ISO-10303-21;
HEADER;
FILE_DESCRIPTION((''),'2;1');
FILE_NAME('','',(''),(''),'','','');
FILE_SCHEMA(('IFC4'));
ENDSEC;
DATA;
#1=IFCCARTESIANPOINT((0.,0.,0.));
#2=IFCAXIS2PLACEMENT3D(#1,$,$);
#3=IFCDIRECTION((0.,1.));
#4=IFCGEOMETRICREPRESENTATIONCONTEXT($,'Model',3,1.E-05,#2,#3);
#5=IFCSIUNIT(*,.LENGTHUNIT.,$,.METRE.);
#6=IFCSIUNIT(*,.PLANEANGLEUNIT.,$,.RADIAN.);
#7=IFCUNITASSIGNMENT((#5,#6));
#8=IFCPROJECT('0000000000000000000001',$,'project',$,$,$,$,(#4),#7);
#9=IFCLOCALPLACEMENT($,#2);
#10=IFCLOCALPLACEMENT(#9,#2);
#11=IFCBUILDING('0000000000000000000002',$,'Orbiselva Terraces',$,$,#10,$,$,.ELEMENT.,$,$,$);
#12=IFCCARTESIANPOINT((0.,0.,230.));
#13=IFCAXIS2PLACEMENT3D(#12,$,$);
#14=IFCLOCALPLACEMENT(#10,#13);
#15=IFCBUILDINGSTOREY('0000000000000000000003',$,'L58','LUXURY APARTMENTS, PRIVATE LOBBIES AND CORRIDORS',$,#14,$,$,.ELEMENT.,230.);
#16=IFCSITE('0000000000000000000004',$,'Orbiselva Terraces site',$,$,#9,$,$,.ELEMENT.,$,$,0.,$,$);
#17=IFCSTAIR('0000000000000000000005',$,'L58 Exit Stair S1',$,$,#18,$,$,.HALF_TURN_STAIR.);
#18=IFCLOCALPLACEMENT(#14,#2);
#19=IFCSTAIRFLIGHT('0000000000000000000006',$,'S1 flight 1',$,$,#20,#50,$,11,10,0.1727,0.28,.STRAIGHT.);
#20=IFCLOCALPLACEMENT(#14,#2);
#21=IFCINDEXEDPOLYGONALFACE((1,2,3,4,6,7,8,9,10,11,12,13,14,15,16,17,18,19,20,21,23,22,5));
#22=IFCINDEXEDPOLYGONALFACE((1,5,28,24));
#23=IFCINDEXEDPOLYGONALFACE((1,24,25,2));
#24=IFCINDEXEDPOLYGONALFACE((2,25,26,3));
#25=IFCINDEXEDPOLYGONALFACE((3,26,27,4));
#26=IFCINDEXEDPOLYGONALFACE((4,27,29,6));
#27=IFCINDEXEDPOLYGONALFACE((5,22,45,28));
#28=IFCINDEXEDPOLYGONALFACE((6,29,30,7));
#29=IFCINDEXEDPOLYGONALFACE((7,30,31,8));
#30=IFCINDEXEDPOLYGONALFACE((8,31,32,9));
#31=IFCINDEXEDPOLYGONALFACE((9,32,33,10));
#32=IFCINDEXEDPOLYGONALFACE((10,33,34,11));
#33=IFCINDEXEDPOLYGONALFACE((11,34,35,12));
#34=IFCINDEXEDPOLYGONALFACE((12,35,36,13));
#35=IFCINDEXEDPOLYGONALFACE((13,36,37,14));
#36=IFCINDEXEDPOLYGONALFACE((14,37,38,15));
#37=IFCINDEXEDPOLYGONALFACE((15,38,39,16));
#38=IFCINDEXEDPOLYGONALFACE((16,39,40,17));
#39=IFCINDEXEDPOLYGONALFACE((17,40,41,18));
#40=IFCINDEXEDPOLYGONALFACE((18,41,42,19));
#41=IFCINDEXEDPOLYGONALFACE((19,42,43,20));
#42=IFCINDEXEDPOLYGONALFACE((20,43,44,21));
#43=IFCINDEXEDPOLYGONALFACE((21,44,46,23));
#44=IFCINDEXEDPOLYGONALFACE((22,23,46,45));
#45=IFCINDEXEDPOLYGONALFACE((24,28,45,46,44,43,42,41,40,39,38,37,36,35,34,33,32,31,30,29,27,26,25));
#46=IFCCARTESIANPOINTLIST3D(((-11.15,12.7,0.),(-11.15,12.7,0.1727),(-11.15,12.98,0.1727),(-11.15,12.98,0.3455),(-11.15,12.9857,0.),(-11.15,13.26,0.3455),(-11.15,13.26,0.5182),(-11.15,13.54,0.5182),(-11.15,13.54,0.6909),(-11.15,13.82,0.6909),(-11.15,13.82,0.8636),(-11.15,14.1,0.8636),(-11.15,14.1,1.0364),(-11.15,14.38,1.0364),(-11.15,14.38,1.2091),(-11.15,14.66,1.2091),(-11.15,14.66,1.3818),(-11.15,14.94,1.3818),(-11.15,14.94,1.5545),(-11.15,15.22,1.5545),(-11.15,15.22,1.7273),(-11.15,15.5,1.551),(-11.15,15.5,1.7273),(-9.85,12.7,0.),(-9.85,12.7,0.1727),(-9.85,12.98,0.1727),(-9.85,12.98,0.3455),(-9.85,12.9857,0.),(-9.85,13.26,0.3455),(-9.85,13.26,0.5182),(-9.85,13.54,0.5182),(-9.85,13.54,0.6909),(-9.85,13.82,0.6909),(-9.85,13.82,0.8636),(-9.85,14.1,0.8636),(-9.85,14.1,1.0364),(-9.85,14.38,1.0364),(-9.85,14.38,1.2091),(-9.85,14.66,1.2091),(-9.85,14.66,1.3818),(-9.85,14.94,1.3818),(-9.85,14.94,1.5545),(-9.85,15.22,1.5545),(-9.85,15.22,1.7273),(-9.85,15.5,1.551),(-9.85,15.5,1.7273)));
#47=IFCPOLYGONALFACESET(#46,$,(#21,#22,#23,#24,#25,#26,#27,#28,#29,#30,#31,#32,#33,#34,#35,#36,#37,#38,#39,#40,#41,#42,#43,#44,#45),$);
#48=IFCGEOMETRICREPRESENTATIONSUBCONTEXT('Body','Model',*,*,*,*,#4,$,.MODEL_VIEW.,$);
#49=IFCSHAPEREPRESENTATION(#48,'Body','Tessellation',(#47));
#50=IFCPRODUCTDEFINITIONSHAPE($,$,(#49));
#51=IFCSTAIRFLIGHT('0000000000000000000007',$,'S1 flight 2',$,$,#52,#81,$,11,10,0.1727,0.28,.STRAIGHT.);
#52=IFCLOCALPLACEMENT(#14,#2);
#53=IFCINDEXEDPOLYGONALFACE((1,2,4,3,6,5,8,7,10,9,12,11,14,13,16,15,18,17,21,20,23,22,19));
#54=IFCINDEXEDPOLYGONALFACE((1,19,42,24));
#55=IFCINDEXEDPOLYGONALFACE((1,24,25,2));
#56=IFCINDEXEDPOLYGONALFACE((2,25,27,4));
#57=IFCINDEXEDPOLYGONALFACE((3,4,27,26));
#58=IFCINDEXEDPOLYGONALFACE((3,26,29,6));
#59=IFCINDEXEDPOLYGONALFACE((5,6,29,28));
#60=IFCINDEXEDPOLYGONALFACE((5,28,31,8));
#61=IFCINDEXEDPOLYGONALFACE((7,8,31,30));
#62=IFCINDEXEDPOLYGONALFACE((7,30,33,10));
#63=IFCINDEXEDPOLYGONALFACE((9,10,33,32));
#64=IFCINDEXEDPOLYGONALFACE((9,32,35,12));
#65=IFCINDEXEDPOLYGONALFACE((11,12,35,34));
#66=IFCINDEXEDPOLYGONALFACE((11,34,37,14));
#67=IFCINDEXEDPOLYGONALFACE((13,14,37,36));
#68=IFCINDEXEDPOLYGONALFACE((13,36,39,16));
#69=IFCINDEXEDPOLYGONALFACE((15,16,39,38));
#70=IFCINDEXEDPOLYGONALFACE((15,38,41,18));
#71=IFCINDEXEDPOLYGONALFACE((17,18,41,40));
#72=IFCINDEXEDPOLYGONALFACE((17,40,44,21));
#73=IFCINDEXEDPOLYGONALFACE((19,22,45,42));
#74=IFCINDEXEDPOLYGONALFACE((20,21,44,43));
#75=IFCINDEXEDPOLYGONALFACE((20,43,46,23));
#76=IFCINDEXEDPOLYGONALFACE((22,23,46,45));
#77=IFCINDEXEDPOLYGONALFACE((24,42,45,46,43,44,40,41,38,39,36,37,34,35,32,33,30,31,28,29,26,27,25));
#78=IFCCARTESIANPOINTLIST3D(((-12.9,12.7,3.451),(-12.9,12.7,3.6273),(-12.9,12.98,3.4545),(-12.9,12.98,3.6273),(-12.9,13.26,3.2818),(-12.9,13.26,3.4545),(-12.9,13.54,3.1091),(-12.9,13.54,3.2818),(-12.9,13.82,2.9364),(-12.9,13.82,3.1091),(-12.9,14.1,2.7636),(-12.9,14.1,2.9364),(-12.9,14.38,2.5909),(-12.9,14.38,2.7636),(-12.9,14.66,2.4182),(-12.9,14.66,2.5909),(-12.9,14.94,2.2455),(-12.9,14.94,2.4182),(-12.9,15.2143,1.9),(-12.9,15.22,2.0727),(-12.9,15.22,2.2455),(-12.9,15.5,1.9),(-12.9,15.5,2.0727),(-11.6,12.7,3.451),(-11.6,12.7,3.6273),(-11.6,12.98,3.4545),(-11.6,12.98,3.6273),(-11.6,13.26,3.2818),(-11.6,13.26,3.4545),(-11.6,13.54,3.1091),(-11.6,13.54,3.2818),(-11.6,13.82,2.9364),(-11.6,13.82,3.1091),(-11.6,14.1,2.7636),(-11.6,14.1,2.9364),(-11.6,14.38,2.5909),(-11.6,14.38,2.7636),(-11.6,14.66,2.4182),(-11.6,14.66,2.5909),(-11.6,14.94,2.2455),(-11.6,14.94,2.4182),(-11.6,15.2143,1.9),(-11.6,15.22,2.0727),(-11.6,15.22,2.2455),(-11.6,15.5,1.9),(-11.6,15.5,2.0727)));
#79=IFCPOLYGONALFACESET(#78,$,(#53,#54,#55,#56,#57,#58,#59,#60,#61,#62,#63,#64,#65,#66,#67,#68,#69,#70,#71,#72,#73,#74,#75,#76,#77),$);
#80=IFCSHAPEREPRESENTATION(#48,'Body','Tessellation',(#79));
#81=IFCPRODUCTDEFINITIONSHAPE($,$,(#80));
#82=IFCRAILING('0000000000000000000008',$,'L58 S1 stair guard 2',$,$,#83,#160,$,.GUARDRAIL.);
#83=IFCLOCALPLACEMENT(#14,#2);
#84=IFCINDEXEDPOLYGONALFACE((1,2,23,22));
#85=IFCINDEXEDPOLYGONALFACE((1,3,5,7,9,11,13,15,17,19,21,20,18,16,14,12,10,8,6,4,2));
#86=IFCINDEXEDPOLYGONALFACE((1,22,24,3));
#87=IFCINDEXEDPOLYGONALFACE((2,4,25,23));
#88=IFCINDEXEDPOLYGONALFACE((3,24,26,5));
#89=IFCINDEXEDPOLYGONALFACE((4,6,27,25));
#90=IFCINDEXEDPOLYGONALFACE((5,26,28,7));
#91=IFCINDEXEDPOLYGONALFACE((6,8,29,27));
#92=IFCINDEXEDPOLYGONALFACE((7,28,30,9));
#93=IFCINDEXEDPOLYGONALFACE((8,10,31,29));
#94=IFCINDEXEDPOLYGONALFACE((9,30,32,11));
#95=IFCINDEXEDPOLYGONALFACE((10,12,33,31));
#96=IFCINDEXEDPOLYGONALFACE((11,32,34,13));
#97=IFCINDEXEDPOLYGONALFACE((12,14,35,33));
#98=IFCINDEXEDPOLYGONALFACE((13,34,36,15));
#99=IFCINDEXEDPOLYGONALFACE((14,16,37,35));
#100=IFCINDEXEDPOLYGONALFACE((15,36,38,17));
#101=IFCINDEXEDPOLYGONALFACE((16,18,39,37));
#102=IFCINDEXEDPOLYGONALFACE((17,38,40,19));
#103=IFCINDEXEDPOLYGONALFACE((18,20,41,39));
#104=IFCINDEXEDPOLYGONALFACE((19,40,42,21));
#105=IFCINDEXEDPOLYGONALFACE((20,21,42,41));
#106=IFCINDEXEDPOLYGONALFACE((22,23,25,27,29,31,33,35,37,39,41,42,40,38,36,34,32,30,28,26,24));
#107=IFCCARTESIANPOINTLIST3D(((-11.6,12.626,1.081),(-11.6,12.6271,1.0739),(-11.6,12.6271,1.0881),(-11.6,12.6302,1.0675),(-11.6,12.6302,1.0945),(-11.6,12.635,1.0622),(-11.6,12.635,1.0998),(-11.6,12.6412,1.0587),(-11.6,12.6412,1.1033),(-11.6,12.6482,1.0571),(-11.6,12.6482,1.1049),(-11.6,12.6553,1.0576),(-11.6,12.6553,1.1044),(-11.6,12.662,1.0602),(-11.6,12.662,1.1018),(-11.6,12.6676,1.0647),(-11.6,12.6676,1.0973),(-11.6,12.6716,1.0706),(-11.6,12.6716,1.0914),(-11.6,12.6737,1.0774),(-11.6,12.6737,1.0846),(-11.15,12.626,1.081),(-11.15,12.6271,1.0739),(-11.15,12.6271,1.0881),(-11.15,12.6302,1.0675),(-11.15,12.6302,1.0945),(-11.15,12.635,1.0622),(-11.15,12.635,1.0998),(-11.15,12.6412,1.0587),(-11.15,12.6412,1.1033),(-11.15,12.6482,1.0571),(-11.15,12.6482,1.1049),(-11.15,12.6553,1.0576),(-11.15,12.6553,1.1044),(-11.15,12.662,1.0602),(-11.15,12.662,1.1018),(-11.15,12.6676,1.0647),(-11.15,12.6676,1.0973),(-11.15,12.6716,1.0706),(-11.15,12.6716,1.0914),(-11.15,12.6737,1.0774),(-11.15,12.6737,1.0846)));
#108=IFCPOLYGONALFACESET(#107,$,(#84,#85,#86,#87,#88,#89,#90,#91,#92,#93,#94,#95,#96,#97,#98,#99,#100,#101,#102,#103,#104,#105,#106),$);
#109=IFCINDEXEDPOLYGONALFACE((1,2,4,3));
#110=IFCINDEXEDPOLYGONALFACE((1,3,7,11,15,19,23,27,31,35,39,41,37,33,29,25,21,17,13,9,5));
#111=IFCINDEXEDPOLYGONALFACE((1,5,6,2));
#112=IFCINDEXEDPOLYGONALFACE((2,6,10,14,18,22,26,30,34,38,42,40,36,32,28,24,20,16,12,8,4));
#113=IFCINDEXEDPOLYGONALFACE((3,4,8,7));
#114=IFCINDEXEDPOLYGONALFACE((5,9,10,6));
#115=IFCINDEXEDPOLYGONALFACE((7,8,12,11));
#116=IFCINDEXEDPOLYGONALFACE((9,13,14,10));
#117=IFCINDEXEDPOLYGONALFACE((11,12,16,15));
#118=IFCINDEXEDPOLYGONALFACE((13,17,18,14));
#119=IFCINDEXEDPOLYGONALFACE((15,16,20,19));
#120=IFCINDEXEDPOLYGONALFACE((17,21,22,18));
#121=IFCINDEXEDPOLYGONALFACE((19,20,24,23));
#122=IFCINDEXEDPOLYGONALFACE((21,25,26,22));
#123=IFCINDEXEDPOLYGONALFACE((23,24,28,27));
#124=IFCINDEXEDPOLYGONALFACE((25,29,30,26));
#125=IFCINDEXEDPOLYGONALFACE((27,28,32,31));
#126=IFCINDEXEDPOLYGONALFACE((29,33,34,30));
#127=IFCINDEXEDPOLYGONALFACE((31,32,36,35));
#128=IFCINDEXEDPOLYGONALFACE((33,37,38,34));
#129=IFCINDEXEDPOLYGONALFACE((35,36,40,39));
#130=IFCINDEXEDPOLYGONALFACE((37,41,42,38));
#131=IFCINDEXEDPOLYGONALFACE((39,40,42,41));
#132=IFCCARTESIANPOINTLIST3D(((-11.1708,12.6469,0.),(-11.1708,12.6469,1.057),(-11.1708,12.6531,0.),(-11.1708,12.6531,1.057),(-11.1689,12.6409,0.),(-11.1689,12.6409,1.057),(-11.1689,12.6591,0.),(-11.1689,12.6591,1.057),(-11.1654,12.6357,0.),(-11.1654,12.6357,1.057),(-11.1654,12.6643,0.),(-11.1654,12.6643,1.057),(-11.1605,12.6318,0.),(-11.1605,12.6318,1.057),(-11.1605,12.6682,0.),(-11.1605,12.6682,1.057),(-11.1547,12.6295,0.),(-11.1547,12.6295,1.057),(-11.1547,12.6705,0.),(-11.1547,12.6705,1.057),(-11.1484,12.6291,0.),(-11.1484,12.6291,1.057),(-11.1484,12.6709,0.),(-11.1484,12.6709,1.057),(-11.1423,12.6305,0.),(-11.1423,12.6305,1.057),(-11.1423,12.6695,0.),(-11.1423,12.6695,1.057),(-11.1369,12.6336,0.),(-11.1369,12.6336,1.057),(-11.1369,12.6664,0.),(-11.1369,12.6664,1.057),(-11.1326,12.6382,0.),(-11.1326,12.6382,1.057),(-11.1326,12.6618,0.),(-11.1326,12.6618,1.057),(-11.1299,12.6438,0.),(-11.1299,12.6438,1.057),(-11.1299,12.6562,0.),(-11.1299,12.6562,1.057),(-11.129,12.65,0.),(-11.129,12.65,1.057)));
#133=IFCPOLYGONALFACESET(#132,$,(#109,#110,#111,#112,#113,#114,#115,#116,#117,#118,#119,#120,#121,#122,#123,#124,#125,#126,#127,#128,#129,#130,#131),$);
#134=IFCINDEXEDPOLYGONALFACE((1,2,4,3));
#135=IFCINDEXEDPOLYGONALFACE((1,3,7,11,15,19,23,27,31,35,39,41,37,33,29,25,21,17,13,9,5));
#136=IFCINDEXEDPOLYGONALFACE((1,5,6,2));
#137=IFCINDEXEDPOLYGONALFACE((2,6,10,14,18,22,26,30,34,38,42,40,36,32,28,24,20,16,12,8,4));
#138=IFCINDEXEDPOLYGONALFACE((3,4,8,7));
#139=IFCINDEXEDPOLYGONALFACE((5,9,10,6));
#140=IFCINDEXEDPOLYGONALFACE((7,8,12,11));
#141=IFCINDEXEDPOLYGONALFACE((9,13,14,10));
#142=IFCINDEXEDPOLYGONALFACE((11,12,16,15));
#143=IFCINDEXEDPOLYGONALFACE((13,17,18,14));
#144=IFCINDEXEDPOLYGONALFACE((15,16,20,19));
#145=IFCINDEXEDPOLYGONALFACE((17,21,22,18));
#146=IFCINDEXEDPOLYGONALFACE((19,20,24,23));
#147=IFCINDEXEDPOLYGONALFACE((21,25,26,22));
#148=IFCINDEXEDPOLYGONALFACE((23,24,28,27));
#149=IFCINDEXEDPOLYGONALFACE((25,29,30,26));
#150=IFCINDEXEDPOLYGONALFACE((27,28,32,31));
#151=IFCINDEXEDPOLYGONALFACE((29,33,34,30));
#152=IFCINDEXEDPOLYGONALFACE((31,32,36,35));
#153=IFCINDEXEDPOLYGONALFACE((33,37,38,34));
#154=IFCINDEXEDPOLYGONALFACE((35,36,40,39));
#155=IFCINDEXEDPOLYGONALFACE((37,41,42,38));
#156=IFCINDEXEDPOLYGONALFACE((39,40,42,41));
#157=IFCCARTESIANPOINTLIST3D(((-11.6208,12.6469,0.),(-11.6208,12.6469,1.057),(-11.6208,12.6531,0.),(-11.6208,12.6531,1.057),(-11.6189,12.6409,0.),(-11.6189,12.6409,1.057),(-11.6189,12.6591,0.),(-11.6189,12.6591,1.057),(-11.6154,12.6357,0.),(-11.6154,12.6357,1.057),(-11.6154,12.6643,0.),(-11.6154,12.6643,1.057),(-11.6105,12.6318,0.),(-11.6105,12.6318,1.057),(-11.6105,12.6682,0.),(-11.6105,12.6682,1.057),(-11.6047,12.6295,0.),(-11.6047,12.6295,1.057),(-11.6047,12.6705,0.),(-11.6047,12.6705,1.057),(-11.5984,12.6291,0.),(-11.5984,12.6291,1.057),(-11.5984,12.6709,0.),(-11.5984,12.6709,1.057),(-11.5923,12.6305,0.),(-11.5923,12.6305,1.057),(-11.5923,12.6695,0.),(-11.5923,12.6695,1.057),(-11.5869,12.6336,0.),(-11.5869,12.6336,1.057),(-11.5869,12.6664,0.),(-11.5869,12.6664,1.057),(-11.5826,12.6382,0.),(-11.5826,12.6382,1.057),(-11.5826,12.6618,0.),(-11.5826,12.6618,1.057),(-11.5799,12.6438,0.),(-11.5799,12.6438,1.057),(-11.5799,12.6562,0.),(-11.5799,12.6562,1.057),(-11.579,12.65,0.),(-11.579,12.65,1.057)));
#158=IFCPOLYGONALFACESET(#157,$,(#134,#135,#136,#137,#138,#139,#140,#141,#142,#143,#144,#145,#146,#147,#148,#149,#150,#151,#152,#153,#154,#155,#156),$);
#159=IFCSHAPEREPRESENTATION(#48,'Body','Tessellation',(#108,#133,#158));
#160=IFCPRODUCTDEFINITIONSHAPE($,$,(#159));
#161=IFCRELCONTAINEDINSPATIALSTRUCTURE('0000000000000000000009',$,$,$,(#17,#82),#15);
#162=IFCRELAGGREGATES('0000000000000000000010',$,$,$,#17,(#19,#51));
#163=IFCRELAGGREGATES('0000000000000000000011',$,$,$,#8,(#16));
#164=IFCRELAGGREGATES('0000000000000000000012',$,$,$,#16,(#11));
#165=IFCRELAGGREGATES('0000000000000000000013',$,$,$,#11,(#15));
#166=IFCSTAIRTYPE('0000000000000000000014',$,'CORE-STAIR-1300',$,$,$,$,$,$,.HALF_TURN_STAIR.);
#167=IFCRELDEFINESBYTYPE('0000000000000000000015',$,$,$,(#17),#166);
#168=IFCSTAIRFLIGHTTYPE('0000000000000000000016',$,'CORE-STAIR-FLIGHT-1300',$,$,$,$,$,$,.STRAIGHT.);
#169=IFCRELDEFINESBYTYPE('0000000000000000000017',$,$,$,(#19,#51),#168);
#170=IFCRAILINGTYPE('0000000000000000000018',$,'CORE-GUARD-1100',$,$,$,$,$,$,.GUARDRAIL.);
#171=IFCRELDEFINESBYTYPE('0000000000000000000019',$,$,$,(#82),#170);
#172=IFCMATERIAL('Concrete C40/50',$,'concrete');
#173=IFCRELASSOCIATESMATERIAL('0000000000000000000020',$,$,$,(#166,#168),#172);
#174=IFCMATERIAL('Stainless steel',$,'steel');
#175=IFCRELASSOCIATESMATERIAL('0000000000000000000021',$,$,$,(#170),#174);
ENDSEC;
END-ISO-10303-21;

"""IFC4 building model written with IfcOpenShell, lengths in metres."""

from ifc_helpers import new_model, si_unit, direction, frame, origin, origin_2d, place, context, subcontext, project, spatial, polyline, circle, outline, extrude, material, type_object, element, aggregate, save


model = new_model("IFC4")

# Units and contexts
model_context = context("Model", 3, precision=1e-05, world=origin(), true_north=direction((0.0, 1.0)))
body_context = subcontext(model_context, "Body", "Model", "MODEL_VIEW")
ifc_project = project(units=[si_unit("LENGTHUNIT", "METRE"), si_unit("PLANEANGLEUNIT", "RADIAN")], contexts=[model_context])

# Site, building, storey
site_placement = place(None, origin())
site = spatial("IfcSite", under=ifc_project, at=site_placement, Name="Orbiselva Terraces site", CompositionType="ELEMENT", RefElevation=0.0)
building_placement = place(site_placement, origin())
building = spatial("IfcBuilding", under=site, at=building_placement, Name="Orbiselva Terraces", CompositionType="ELEMENT")
storey_placement = place(building_placement, frame((0.0, 0.0, 230.0)))
storey = spatial("IfcBuildingStorey", under=building, at=storey_placement, Name="L58", Description="LUXURY APARTMENTS, PRIVATE LOBBIES AND CORRIDORS", CompositionType="ELEMENT", Elevation=230.0)

# Shared definitions
ifc_material_1 = material(Name="Concrete C40/50", Category="concrete")

# Stair, stair flights
stair_type = type_object("IfcStairType", Name="CORE-STAIR-1300", PredefinedType="HALF_TURN_STAIR", material=ifc_material_1)
stair_placement = place(storey_placement, origin())
stair = element("IfcStair", 1, at=stair_placement, inside=storey, type_object=stair_type, Name="L58 Exit Stair S1", PredefinedType="HALF_TURN_STAIR")
stair_flight_type = type_object("IfcStairFlightType", Name="CORE-STAIR-FLIGHT-1300", PredefinedType="STRAIGHT", material=ifc_material_1)
stair_flight_1_placement = place(storey_placement, frame((-10.5, 12.7, 0.0), z_axis=(0.0, 0.0, 1.0), x_axis=(0.0, 1.0, 0.0)))
stair_flight_1 = element("IfcStairFlight", 2, at=stair_flight_1_placement, type_object=stair_flight_type, Name="S1 flight 1", NumberOfRisers=11, NumberOfTreads=10, PredefinedType="STRAIGHT", RiserHeight=0.1727, TreadLength=0.28, context=body_context, shape_type="SweptSolid", body=[
    extrude(outline(polyline([(0.0, 0.0), (0.0, 0.1727), (0.28, 0.1727), (0.28, 0.3455), (0.56, 0.3455), (0.56, 0.5182), (0.84, 0.5182), (0.84, 0.6909), (1.12, 0.6909), (1.12, 0.8636), (1.4, 0.8636), (1.4, 1.0364), (1.68, 1.0364), (1.68, 1.2091), (1.96, 1.2091), (1.96, 1.3818), (2.24, 1.3818), (2.24, 1.5545), (2.52, 1.5545), (2.52, 1.7273), (2.8, 1.7273), (2.8, 1.9), (2.8, 1.551), (0.2857, 0.0), (0.0, 0.0)])), frame((0.0, 0.65, 0.0), z_axis=(0.0, -1.0, 0.0), x_axis=(1.0, 0.0, 0.0)), (0.0, 0.0, 1.0), 1.3),
])
stair_flight_2_placement = place(storey_placement, frame((-12.25, 15.5, 1.9), z_axis=(0.0, 0.0, 1.0), x_axis=(0.0, -1.0, 0.0)))
stair_flight_2 = element("IfcStairFlight", 3, at=stair_flight_2_placement, type_object=stair_flight_type, Name="S1 flight 2", NumberOfRisers=11, NumberOfTreads=10, PredefinedType="STRAIGHT", RiserHeight=0.1727, TreadLength=0.28, context=body_context, shape_type="SweptSolid", body=[
    extrude(outline(polyline([(0.0, 0.0), (0.0, 0.1727), (0.28, 0.1727), (0.28, 0.3455), (0.56, 0.3455), (0.56, 0.5182), (0.84, 0.5182), (0.84, 0.6909), (1.12, 0.6909), (1.12, 0.8636), (1.4, 0.8636), (1.4, 1.0364), (1.68, 1.0364), (1.68, 1.2091), (1.96, 1.2091), (1.96, 1.3818), (2.24, 1.3818), (2.24, 1.5545), (2.52, 1.5545), (2.52, 1.7273), (2.8, 1.7273), (2.8, 1.9), (2.8, 1.551), (0.2857, 0.0), (0.0, 0.0)])), frame((0.0, 0.65, 0.0), z_axis=(0.0, -1.0, 0.0), x_axis=(1.0, 0.0, 0.0)), (0.0, 0.0, 1.0), 1.3),
])
aggregate(stair, [stair_flight_1, stair_flight_2])

# Railing
ifc_material_2 = material(Name="Stainless steel", Category="steel")
railing_type_1 = type_object("IfcRailingType", Name="CORE-GUARD-1100", PredefinedType="GUARDRAIL", material=ifc_material_2)
railing_1_placement = place(storey_placement, frame((-11.15, 12.65, 0.0)))
element("IfcRailing", 4, at=railing_1_placement, inside=storey, type_object=railing_type_1, Name="L58 S1 stair guard 2", PredefinedType="GUARDRAIL", context=body_context, shape_type="SweptSolid", body=[
    extrude(circle(Radius=0.024, at=origin_2d()), frame((0.0, 0.0, 1.081), z_axis=(-1.0, 0.0, 0.0), x_axis=(0.0, -1.0, 0.0)), (0.0, 0.0, 1.0), 0.45),
    extrude(circle(Radius=0.021, at=origin_2d()), origin(), (0.0, 0.0, 1.0), 1.057),
    extrude(circle(Radius=0.021, at=origin_2d()), frame((-0.45, 0.0, 0.0)), (0.0, 0.0, 1.0), 1.057),
])

save(model, "model.ifc")
